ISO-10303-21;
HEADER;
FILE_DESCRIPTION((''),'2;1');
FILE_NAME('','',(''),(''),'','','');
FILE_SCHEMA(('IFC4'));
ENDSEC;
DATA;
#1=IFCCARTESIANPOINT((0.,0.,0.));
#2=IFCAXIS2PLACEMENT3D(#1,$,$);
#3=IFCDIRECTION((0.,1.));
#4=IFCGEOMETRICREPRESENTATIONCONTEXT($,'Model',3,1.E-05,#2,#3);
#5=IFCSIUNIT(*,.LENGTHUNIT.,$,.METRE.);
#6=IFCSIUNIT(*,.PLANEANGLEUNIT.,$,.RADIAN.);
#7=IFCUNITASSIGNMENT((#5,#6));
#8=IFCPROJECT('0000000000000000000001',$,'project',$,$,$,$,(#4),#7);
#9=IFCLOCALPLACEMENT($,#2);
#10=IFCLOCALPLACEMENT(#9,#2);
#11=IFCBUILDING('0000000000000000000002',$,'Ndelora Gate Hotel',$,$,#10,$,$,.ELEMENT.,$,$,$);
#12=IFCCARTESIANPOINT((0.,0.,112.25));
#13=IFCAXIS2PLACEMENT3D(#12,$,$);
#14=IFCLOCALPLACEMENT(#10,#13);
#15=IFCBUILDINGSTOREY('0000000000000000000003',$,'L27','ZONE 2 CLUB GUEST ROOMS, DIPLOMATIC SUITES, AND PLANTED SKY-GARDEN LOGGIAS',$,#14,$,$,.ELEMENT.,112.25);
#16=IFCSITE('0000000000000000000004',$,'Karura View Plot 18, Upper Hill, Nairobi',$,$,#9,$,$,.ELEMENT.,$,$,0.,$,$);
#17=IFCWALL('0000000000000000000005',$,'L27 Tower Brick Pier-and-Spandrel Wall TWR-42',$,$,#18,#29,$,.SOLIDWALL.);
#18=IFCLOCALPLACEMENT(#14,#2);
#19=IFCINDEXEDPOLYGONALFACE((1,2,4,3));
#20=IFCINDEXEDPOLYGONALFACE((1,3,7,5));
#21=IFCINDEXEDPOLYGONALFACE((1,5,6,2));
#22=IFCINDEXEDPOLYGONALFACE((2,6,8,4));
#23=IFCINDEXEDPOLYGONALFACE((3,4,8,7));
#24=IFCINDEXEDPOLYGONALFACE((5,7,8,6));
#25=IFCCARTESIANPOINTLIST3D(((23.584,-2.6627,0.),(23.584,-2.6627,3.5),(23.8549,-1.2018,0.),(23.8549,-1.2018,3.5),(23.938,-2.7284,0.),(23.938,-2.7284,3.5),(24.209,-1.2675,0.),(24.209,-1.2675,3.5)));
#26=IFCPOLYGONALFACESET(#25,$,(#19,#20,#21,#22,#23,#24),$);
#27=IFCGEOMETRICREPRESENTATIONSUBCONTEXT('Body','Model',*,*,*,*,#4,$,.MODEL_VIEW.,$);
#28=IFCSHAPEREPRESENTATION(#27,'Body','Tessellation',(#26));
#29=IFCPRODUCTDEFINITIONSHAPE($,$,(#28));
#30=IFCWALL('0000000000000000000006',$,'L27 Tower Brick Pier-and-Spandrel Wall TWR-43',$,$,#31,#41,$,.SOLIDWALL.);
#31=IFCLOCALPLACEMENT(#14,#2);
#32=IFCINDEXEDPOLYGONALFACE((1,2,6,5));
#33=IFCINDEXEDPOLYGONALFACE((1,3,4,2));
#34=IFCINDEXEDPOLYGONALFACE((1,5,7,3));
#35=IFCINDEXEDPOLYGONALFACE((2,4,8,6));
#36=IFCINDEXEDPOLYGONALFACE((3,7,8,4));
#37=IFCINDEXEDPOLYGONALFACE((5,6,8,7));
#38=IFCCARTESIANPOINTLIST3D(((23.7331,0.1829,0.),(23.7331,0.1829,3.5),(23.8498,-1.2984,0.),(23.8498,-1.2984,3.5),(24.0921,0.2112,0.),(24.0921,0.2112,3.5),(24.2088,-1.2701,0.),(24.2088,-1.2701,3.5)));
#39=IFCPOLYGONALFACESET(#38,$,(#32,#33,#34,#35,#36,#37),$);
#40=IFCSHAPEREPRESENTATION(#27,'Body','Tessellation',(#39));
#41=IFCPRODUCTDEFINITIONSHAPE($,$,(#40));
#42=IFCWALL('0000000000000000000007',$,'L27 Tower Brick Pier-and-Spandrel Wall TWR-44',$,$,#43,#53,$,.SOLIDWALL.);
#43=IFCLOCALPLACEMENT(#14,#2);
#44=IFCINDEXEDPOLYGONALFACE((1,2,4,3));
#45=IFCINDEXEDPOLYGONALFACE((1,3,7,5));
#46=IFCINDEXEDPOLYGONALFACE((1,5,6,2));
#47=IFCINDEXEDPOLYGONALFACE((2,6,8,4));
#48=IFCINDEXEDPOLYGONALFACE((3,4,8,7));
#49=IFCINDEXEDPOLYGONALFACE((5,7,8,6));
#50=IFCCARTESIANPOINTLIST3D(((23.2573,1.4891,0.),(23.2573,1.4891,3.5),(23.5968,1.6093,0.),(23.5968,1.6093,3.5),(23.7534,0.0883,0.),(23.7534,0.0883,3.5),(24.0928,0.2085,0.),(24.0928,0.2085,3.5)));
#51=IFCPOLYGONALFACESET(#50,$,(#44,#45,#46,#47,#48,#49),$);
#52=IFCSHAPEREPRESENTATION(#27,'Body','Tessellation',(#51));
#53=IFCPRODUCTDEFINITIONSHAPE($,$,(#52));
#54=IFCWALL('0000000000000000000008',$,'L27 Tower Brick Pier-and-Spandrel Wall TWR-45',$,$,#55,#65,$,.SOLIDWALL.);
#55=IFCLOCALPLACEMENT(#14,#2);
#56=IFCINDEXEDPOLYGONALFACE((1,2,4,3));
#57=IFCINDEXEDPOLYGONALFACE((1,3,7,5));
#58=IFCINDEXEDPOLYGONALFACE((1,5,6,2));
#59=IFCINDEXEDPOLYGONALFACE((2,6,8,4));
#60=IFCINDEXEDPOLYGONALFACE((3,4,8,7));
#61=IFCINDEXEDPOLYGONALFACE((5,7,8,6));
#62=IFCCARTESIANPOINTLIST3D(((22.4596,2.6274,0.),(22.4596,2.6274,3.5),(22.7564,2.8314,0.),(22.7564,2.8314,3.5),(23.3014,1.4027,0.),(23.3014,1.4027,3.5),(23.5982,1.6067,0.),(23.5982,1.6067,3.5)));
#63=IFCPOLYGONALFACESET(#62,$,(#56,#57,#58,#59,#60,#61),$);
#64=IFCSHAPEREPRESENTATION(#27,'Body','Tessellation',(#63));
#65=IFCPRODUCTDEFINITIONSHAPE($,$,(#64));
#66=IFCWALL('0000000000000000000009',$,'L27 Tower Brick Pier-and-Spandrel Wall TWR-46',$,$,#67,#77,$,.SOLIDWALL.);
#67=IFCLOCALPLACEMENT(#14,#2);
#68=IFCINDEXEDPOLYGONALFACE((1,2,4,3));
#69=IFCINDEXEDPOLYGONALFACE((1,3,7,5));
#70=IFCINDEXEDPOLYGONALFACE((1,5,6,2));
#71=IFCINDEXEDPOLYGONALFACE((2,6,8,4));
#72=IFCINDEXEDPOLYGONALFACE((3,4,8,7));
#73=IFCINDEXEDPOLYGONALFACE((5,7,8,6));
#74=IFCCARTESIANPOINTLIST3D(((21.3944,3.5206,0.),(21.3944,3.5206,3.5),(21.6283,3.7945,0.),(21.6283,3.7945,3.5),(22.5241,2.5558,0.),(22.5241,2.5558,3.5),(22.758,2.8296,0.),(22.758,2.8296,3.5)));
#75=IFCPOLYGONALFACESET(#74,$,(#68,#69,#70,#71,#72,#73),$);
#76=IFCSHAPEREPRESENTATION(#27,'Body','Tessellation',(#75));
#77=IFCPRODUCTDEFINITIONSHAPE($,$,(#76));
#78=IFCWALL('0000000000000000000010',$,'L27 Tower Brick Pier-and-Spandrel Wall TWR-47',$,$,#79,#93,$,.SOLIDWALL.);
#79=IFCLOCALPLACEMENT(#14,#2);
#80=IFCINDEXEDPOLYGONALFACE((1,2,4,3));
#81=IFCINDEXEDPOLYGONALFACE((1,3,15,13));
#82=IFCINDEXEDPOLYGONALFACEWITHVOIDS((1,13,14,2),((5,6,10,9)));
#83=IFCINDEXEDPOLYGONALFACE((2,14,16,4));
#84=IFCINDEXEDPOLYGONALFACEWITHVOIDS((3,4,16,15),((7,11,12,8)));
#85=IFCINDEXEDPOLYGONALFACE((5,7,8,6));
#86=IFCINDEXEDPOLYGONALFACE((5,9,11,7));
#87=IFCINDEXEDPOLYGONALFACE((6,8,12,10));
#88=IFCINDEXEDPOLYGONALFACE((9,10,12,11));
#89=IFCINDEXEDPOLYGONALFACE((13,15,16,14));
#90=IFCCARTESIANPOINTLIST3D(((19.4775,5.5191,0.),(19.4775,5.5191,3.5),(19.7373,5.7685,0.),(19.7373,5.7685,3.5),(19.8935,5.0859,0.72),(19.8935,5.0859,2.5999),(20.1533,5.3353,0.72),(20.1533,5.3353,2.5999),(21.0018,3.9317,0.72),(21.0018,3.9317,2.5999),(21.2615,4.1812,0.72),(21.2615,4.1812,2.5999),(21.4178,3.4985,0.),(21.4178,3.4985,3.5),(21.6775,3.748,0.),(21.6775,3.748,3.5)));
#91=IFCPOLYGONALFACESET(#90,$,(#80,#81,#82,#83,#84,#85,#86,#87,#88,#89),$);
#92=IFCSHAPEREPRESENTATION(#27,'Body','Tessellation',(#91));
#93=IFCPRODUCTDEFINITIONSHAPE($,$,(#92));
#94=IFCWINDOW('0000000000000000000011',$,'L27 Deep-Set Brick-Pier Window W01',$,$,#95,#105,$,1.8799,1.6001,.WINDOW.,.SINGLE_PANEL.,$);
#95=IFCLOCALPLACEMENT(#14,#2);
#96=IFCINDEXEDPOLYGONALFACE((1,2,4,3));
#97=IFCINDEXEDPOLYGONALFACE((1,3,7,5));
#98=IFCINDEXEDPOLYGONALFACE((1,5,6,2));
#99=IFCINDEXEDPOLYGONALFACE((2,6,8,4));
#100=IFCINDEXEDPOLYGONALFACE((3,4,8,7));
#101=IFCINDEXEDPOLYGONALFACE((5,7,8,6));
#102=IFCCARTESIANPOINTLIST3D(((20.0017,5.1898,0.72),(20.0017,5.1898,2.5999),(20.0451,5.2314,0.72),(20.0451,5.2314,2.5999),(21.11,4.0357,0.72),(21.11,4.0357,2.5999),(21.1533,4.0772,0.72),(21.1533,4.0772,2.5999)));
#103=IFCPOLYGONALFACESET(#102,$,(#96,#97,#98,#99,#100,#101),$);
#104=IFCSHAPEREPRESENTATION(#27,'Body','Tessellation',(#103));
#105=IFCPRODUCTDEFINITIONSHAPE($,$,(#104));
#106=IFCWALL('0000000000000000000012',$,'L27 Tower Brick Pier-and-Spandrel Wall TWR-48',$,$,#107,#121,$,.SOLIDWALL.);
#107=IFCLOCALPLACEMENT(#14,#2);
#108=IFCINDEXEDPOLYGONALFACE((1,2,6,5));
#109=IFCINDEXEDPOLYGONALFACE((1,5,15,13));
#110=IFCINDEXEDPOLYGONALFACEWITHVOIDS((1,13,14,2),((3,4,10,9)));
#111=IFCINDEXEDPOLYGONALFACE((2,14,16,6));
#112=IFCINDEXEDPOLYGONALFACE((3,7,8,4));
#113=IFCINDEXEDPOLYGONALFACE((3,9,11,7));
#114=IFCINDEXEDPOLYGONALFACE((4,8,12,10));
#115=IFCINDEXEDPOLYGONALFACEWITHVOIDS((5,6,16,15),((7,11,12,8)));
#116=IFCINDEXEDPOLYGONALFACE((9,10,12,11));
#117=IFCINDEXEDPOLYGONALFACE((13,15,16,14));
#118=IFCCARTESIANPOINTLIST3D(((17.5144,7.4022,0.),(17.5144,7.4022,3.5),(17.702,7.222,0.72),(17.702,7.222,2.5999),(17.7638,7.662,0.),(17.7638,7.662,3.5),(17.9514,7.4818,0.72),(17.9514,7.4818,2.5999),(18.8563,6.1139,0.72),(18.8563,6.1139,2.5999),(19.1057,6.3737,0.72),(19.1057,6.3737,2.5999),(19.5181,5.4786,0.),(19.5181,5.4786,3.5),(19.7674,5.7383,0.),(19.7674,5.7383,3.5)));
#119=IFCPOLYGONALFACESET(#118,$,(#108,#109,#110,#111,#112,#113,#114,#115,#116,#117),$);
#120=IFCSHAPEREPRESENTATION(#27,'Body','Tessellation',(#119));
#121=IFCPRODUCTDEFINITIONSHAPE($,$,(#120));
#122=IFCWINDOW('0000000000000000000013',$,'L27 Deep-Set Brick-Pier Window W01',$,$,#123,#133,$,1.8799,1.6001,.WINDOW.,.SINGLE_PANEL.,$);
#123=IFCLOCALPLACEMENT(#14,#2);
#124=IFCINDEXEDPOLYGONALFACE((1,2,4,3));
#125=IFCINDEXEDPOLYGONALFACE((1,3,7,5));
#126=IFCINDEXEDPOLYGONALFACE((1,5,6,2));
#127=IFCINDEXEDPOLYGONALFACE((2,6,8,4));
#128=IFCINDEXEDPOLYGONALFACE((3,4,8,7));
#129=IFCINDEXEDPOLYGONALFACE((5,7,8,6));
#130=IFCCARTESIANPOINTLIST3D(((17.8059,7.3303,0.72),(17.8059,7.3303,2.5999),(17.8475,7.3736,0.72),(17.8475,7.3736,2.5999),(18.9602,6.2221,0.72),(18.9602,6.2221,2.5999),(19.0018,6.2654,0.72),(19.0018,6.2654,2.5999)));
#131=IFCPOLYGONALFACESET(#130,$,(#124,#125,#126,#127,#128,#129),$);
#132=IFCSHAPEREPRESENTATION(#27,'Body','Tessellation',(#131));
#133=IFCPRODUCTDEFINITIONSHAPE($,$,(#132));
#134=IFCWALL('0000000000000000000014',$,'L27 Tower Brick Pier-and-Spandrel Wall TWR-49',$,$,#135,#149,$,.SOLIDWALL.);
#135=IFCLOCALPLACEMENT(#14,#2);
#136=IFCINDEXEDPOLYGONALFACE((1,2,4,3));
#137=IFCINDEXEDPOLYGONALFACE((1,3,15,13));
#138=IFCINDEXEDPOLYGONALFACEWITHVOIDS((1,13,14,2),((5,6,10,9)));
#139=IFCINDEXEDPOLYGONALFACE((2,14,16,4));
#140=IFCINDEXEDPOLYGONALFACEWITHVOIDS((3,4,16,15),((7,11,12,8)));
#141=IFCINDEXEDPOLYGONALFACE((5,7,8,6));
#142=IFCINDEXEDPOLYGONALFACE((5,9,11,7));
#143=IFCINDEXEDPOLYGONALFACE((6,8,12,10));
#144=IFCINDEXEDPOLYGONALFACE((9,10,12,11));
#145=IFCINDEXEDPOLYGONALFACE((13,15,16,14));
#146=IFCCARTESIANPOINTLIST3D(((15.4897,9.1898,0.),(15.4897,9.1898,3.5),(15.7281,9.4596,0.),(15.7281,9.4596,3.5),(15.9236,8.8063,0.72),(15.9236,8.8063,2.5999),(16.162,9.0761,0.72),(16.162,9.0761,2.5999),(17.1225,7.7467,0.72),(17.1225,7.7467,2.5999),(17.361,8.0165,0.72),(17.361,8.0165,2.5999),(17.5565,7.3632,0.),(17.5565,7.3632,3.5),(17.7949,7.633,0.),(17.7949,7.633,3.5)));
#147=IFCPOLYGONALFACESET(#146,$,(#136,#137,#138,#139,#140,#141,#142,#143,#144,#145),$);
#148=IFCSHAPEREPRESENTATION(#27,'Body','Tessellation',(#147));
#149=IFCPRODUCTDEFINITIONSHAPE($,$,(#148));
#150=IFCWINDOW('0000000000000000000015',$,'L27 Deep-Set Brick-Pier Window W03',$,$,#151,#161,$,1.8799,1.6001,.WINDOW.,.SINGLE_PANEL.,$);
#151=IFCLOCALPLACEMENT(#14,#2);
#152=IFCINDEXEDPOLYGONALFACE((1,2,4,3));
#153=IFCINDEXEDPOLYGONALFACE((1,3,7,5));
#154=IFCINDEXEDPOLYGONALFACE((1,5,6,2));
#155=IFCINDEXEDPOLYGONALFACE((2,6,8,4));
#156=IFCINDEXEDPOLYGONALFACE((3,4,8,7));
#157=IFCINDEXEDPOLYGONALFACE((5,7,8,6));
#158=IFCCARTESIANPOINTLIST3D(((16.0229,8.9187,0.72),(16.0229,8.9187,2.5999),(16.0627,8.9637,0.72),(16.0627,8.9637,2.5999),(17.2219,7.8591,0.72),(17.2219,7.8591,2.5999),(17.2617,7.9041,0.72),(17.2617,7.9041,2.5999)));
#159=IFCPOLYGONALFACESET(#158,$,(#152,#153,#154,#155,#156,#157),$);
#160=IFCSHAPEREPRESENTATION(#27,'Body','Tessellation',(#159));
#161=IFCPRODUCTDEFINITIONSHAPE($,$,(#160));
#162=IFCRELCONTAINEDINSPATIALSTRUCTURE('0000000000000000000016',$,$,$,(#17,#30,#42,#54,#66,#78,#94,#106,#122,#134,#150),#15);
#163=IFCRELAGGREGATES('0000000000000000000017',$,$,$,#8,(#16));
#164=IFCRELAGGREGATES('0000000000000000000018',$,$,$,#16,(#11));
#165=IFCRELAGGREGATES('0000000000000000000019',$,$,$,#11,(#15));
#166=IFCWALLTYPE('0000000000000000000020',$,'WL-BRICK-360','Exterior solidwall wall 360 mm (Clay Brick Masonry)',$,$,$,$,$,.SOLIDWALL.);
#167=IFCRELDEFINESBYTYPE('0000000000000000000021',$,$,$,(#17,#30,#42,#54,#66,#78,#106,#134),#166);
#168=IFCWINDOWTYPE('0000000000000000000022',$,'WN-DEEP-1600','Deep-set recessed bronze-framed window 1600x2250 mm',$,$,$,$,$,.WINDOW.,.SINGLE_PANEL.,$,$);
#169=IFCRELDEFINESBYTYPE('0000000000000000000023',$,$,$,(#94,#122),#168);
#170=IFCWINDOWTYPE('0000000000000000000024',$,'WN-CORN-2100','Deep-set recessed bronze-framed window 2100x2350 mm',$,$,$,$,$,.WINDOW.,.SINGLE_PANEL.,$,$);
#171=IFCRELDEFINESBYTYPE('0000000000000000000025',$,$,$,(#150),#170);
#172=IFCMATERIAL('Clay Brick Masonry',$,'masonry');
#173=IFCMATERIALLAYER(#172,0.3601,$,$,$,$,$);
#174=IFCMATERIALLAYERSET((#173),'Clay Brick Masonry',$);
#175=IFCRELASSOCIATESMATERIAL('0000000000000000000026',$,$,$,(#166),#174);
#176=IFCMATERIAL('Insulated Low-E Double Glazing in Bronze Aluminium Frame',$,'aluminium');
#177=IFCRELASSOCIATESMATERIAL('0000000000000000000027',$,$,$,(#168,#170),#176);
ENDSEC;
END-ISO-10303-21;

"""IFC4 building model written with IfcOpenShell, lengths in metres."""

from ifc_helpers import new_model, si_unit, direction, frame, frame_2d, origin, place, context, subcontext, project, spatial, rectangle, extrude, material, layer, layer_set, type_object, element, fill, save


model = new_model("IFC4")

# Units and contexts
model_context = context("Model", 3, precision=1e-05, world=origin(), true_north=direction((0.0, 1.0)))
body_context = subcontext(model_context, "Body", "Model", "MODEL_VIEW")
ifc_project = project(units=[si_unit("LENGTHUNIT", "METRE"), si_unit("PLANEANGLEUNIT", "RADIAN")], contexts=[model_context])

# Site, building, storey
site_placement = place(None, origin())
site = spatial("IfcSite", under=ifc_project, at=site_placement, Name="Karura View Plot 18, Upper Hill, Nairobi", CompositionType="ELEMENT", RefElevation=0.0)
building_placement = place(site_placement, origin())
building = spatial("IfcBuilding", under=site, at=building_placement, Name="Ndelora Gate Hotel", CompositionType="ELEMENT")
storey_placement = place(building_placement, frame((0.0, 0.0, 112.25)))
storey = spatial("IfcBuildingStorey", under=building, at=storey_placement, Name="L27", Description="ZONE 2 CLUB GUEST ROOMS, DIPLOMATIC SUITES, AND PLANTED SKY-GARDEN LOGGIAS", CompositionType="ELEMENT", Elevation=112.25)

# Walls
ifc_material_1 = material(Name="Clay Brick Masonry", Category="masonry")
ifc_layer_1 = layer(ifc_material_1, 0.3601)
ifc_layer_set_1 = layer_set([ifc_layer_1], Name="Clay Brick Masonry")
wall_type = type_object("IfcWallType", Name="WL-BRICK-360", Description="Exterior solidwall wall 360 mm (Clay Brick Masonry)", PredefinedType="SOLIDWALL", material=ifc_layer_set_1)
for number, where, z_axis, x_axis, name in (
    (1, (24.032, -1.2346, 0.0), (0.0, 0.0, 1.0), (-0.182383, -0.983227, 0.0), "L27 Tower Brick Pier-and-Spandrel Wall TWR-42"),
    (2, (23.9126, 0.197, 0.0), (0.0, 0.0, 1.0), (0.078543, -0.996911, 0.0), "L27 Tower Brick Pier-and-Spandrel Wall TWR-43"),
):
    element("IfcWall", number, at=place(storey_placement, frame(where, z_axis=z_axis, x_axis=x_axis)), inside=storey, type_object=wall_type, Name=name, PredefinedType="SOLIDWALL", context=body_context, shape_type="SweptSolid", body=[
        extrude(rectangle(XDim=1.4858, YDim=0.3601, at=frame_2d((0.7429, 0.0))), origin(), (0.0, 0.0, 1.0), 3.5),
    ])
for number, where, z_axis, x_axis, name in (
    (3, (23.427, 1.5493, 0.0), (0.0, 0.0, 1.0), (0.333817, -0.942638, 0.0), "L27 Tower Brick Pier-and-Spandrel Wall TWR-44"),
    (4, (22.6079, 2.7295, 0.0), (0.0, 0.0, 1.0), (0.566473, -0.82408, 0.0), "L27 Tower Brick Pier-and-Spandrel Wall TWR-45"),
):
    element("IfcWall", number, at=place(storey_placement, frame(where, z_axis=z_axis, x_axis=x_axis)), inside=storey, type_object=wall_type, Name=name, PredefinedType="SOLIDWALL", context=body_context, shape_type="SweptSolid", body=[
        extrude(rectangle(XDim=1.4861, YDim=0.3601, at=frame_2d((0.7432, 0.0))), origin(), (0.0, 0.0, 1.0), 3.5),
    ])
wall_1_placement = place(storey_placement, frame((21.5115, 3.6575, 0.0), z_axis=(0.0, 0.0, 1.0), x_axis=(0.760392, -0.649464, 0.0)))
element("IfcWall", 5, at=wall_1_placement, inside=storey, type_object=wall_type, Name="L27 Tower Brick Pier-and-Spandrel Wall TWR-46", PredefinedType="SOLIDWALL", context=body_context, shape_type="SweptSolid", body=[
    extrude(rectangle(XDim=1.4856, YDim=0.3601, at=frame_2d((0.7427, 0.0))), origin(), (0.0, 0.0, 1.0), 3.5),
])

# Walls, openings, windows
wall_2_placement = place(storey_placement, frame((19.6074, 5.6438, 0.0), z_axis=(0.0, 0.0, 1.0), x_axis=(0.692624, -0.721298, 0.0)))
wall_2 = element("IfcWall", 6, at=wall_2_placement, inside=storey, type_object=wall_type, Name="L27 Tower Brick Pier-and-Spandrel Wall TWR-47", PredefinedType="SOLIDWALL", context=body_context, shape_type="SweptSolid", body=[
    extrude(rectangle(XDim=2.8013, YDim=0.3601, at=frame_2d((1.4006, 0.0))), origin(), (0.0, 0.0, 1.0), 3.5),
])
opening_1_placement = place(wall_2_placement, frame((0.6006, 0.0, 0.72)))
opening_1 = element("IfcOpeningElement", 7, at=opening_1_placement, cuts=wall_2, PredefinedType="OPENING", context=body_context, shape_type="SweptSolid", body=[
    extrude(rectangle(XDim=1.6001, YDim=1.8799, at=frame_2d((0.8, 0.9399))), frame((0.0, 0.1899, 0.0), z_axis=(0.0, -1.0, 0.0), x_axis=(1.0, 0.0, 0.0)), (0.0, 0.0, 1.0), 0.3801),
])
ifc_material_2 = material(Name="Insulated Low-E Double Glazing in Bronze Aluminium Frame", Category="aluminium")
window_type_1 = type_object("IfcWindowType", Name="WN-DEEP-1600", Description="Deep-set recessed bronze-framed window 1600x2250 mm", PartitioningType="SINGLE_PANEL", PredefinedType="WINDOW", material=ifc_material_2)
window_1_placement = place(opening_1_placement, origin())
window_1 = element("IfcWindow", 8, at=window_1_placement, inside=storey, type_object=window_type_1, Name="L27 Deep-Set Brick-Pier Window W01", OverallHeight=1.8799, OverallWidth=1.6001, PartitioningType="SINGLE_PANEL", PredefinedType="WINDOW", context=body_context, shape_type="SweptSolid", body=[
    extrude(rectangle(XDim=1.6001, YDim=1.8799, at=frame_2d((0.8, 0.9399))), frame((0.0, 0.03, 0.0), z_axis=(0.0, -1.0, 0.0), x_axis=(1.0, 0.0, 0.0)), (0.0, 0.0, 1.0), 0.0601),
])
fill(opening_1, window_1)
wall_3_placement = place(storey_placement, frame((17.6392, 7.532, 0.0), z_axis=(0.0, 0.0, 1.0), x_axis=(0.721375, -0.692545, 0.0)))
wall_3 = element("IfcWall", 9, at=wall_3_placement, inside=storey, type_object=wall_type, Name="L27 Tower Brick Pier-and-Spandrel Wall TWR-48", PredefinedType="SOLIDWALL", context=body_context, shape_type="SweptSolid", body=[
    extrude(rectangle(XDim=2.7776, YDim=0.3601, at=frame_2d((1.3887, 0.0))), origin(), (0.0, 0.0, 1.0), 3.5),
])
opening_2_placement = place(wall_3_placement, frame((0.26, 0.0, 0.72)))
opening_2 = element("IfcOpeningElement", 10, at=opening_2_placement, cuts=wall_3, PredefinedType="OPENING", context=body_context, shape_type="SweptSolid", body=[
    extrude(rectangle(XDim=1.6001, YDim=1.8799, at=frame_2d((0.8, 0.9399))), frame((0.0, 0.1899, 0.0), z_axis=(0.0, -1.0, 0.0), x_axis=(1.0, 0.0, 0.0)), (0.0, 0.0, 1.0), 0.3801),
])
window_2_placement = place(opening_2_placement, origin())
window_2 = element("IfcWindow", 11, at=window_2_placement, inside=storey, type_object=window_type_1, Name="L27 Deep-Set Brick-Pier Window W01", OverallHeight=1.8799, OverallWidth=1.6001, PartitioningType="SINGLE_PANEL", PredefinedType="WINDOW", context=body_context, shape_type="SweptSolid", body=[
    extrude(rectangle(XDim=1.6001, YDim=1.8799, at=frame_2d((0.8, 0.9399))), frame((0.0, 0.03, 0.0), z_axis=(0.0, -1.0, 0.0), x_axis=(1.0, 0.0, 0.0)), (0.0, 0.0, 1.0), 0.0601),
])
fill(opening_2, window_2)
wall_4_placement = place(storey_placement, frame((15.6089, 9.3247, 0.0), z_axis=(0.0, 0.0, 1.0), x_axis=(0.749311, -0.662219, 0.0)))
wall_4 = element("IfcWall", 12, at=wall_4_placement, inside=storey, type_object=wall_type, Name="L27 Tower Brick Pier-and-Spandrel Wall TWR-49", PredefinedType="SOLIDWALL", context=body_context, shape_type="SweptSolid", body=[
    extrude(rectangle(XDim=2.7583, YDim=0.3601, at=frame_2d((1.3792, 0.0))), origin(), (0.0, 0.0, 1.0), 3.5),
])
opening_3_placement = place(wall_4_placement, frame((0.5791, 0.0, 0.72)))
opening_3 = element("IfcOpeningElement", 13, at=opening_3_placement, cuts=wall_4, PredefinedType="OPENING", context=body_context, shape_type="SweptSolid", body=[
    extrude(rectangle(XDim=1.6001, YDim=1.8799, at=frame_2d((0.8, 0.9399))), frame((0.0, 0.1899, 0.0), z_axis=(0.0, -1.0, 0.0), x_axis=(1.0, 0.0, 0.0)), (0.0, 0.0, 1.0), 0.3801),
])
window_type_2 = type_object("IfcWindowType", Name="WN-CORN-2100", Description="Deep-set recessed bronze-framed window 2100x2350 mm", PartitioningType="SINGLE_PANEL", PredefinedType="WINDOW", material=ifc_material_2)
window_3_placement = place(opening_3_placement, origin())
window_3 = element("IfcWindow", 14, at=window_3_placement, inside=storey, type_object=window_type_2, Name="L27 Deep-Set Brick-Pier Window W03", OverallHeight=1.8799, OverallWidth=1.6001, PartitioningType="SINGLE_PANEL", PredefinedType="WINDOW", context=body_context, shape_type="SweptSolid", body=[
    extrude(rectangle(XDim=1.6001, YDim=1.8799, at=frame_2d((0.8, 0.9399))), frame((0.0, 0.03, 0.0), z_axis=(0.0, -1.0, 0.0), x_axis=(1.0, 0.0, 0.0)), (0.0, 0.0, 1.0), 0.0601),
])
fill(opening_3, window_3)

save(model, "model.ifc")
